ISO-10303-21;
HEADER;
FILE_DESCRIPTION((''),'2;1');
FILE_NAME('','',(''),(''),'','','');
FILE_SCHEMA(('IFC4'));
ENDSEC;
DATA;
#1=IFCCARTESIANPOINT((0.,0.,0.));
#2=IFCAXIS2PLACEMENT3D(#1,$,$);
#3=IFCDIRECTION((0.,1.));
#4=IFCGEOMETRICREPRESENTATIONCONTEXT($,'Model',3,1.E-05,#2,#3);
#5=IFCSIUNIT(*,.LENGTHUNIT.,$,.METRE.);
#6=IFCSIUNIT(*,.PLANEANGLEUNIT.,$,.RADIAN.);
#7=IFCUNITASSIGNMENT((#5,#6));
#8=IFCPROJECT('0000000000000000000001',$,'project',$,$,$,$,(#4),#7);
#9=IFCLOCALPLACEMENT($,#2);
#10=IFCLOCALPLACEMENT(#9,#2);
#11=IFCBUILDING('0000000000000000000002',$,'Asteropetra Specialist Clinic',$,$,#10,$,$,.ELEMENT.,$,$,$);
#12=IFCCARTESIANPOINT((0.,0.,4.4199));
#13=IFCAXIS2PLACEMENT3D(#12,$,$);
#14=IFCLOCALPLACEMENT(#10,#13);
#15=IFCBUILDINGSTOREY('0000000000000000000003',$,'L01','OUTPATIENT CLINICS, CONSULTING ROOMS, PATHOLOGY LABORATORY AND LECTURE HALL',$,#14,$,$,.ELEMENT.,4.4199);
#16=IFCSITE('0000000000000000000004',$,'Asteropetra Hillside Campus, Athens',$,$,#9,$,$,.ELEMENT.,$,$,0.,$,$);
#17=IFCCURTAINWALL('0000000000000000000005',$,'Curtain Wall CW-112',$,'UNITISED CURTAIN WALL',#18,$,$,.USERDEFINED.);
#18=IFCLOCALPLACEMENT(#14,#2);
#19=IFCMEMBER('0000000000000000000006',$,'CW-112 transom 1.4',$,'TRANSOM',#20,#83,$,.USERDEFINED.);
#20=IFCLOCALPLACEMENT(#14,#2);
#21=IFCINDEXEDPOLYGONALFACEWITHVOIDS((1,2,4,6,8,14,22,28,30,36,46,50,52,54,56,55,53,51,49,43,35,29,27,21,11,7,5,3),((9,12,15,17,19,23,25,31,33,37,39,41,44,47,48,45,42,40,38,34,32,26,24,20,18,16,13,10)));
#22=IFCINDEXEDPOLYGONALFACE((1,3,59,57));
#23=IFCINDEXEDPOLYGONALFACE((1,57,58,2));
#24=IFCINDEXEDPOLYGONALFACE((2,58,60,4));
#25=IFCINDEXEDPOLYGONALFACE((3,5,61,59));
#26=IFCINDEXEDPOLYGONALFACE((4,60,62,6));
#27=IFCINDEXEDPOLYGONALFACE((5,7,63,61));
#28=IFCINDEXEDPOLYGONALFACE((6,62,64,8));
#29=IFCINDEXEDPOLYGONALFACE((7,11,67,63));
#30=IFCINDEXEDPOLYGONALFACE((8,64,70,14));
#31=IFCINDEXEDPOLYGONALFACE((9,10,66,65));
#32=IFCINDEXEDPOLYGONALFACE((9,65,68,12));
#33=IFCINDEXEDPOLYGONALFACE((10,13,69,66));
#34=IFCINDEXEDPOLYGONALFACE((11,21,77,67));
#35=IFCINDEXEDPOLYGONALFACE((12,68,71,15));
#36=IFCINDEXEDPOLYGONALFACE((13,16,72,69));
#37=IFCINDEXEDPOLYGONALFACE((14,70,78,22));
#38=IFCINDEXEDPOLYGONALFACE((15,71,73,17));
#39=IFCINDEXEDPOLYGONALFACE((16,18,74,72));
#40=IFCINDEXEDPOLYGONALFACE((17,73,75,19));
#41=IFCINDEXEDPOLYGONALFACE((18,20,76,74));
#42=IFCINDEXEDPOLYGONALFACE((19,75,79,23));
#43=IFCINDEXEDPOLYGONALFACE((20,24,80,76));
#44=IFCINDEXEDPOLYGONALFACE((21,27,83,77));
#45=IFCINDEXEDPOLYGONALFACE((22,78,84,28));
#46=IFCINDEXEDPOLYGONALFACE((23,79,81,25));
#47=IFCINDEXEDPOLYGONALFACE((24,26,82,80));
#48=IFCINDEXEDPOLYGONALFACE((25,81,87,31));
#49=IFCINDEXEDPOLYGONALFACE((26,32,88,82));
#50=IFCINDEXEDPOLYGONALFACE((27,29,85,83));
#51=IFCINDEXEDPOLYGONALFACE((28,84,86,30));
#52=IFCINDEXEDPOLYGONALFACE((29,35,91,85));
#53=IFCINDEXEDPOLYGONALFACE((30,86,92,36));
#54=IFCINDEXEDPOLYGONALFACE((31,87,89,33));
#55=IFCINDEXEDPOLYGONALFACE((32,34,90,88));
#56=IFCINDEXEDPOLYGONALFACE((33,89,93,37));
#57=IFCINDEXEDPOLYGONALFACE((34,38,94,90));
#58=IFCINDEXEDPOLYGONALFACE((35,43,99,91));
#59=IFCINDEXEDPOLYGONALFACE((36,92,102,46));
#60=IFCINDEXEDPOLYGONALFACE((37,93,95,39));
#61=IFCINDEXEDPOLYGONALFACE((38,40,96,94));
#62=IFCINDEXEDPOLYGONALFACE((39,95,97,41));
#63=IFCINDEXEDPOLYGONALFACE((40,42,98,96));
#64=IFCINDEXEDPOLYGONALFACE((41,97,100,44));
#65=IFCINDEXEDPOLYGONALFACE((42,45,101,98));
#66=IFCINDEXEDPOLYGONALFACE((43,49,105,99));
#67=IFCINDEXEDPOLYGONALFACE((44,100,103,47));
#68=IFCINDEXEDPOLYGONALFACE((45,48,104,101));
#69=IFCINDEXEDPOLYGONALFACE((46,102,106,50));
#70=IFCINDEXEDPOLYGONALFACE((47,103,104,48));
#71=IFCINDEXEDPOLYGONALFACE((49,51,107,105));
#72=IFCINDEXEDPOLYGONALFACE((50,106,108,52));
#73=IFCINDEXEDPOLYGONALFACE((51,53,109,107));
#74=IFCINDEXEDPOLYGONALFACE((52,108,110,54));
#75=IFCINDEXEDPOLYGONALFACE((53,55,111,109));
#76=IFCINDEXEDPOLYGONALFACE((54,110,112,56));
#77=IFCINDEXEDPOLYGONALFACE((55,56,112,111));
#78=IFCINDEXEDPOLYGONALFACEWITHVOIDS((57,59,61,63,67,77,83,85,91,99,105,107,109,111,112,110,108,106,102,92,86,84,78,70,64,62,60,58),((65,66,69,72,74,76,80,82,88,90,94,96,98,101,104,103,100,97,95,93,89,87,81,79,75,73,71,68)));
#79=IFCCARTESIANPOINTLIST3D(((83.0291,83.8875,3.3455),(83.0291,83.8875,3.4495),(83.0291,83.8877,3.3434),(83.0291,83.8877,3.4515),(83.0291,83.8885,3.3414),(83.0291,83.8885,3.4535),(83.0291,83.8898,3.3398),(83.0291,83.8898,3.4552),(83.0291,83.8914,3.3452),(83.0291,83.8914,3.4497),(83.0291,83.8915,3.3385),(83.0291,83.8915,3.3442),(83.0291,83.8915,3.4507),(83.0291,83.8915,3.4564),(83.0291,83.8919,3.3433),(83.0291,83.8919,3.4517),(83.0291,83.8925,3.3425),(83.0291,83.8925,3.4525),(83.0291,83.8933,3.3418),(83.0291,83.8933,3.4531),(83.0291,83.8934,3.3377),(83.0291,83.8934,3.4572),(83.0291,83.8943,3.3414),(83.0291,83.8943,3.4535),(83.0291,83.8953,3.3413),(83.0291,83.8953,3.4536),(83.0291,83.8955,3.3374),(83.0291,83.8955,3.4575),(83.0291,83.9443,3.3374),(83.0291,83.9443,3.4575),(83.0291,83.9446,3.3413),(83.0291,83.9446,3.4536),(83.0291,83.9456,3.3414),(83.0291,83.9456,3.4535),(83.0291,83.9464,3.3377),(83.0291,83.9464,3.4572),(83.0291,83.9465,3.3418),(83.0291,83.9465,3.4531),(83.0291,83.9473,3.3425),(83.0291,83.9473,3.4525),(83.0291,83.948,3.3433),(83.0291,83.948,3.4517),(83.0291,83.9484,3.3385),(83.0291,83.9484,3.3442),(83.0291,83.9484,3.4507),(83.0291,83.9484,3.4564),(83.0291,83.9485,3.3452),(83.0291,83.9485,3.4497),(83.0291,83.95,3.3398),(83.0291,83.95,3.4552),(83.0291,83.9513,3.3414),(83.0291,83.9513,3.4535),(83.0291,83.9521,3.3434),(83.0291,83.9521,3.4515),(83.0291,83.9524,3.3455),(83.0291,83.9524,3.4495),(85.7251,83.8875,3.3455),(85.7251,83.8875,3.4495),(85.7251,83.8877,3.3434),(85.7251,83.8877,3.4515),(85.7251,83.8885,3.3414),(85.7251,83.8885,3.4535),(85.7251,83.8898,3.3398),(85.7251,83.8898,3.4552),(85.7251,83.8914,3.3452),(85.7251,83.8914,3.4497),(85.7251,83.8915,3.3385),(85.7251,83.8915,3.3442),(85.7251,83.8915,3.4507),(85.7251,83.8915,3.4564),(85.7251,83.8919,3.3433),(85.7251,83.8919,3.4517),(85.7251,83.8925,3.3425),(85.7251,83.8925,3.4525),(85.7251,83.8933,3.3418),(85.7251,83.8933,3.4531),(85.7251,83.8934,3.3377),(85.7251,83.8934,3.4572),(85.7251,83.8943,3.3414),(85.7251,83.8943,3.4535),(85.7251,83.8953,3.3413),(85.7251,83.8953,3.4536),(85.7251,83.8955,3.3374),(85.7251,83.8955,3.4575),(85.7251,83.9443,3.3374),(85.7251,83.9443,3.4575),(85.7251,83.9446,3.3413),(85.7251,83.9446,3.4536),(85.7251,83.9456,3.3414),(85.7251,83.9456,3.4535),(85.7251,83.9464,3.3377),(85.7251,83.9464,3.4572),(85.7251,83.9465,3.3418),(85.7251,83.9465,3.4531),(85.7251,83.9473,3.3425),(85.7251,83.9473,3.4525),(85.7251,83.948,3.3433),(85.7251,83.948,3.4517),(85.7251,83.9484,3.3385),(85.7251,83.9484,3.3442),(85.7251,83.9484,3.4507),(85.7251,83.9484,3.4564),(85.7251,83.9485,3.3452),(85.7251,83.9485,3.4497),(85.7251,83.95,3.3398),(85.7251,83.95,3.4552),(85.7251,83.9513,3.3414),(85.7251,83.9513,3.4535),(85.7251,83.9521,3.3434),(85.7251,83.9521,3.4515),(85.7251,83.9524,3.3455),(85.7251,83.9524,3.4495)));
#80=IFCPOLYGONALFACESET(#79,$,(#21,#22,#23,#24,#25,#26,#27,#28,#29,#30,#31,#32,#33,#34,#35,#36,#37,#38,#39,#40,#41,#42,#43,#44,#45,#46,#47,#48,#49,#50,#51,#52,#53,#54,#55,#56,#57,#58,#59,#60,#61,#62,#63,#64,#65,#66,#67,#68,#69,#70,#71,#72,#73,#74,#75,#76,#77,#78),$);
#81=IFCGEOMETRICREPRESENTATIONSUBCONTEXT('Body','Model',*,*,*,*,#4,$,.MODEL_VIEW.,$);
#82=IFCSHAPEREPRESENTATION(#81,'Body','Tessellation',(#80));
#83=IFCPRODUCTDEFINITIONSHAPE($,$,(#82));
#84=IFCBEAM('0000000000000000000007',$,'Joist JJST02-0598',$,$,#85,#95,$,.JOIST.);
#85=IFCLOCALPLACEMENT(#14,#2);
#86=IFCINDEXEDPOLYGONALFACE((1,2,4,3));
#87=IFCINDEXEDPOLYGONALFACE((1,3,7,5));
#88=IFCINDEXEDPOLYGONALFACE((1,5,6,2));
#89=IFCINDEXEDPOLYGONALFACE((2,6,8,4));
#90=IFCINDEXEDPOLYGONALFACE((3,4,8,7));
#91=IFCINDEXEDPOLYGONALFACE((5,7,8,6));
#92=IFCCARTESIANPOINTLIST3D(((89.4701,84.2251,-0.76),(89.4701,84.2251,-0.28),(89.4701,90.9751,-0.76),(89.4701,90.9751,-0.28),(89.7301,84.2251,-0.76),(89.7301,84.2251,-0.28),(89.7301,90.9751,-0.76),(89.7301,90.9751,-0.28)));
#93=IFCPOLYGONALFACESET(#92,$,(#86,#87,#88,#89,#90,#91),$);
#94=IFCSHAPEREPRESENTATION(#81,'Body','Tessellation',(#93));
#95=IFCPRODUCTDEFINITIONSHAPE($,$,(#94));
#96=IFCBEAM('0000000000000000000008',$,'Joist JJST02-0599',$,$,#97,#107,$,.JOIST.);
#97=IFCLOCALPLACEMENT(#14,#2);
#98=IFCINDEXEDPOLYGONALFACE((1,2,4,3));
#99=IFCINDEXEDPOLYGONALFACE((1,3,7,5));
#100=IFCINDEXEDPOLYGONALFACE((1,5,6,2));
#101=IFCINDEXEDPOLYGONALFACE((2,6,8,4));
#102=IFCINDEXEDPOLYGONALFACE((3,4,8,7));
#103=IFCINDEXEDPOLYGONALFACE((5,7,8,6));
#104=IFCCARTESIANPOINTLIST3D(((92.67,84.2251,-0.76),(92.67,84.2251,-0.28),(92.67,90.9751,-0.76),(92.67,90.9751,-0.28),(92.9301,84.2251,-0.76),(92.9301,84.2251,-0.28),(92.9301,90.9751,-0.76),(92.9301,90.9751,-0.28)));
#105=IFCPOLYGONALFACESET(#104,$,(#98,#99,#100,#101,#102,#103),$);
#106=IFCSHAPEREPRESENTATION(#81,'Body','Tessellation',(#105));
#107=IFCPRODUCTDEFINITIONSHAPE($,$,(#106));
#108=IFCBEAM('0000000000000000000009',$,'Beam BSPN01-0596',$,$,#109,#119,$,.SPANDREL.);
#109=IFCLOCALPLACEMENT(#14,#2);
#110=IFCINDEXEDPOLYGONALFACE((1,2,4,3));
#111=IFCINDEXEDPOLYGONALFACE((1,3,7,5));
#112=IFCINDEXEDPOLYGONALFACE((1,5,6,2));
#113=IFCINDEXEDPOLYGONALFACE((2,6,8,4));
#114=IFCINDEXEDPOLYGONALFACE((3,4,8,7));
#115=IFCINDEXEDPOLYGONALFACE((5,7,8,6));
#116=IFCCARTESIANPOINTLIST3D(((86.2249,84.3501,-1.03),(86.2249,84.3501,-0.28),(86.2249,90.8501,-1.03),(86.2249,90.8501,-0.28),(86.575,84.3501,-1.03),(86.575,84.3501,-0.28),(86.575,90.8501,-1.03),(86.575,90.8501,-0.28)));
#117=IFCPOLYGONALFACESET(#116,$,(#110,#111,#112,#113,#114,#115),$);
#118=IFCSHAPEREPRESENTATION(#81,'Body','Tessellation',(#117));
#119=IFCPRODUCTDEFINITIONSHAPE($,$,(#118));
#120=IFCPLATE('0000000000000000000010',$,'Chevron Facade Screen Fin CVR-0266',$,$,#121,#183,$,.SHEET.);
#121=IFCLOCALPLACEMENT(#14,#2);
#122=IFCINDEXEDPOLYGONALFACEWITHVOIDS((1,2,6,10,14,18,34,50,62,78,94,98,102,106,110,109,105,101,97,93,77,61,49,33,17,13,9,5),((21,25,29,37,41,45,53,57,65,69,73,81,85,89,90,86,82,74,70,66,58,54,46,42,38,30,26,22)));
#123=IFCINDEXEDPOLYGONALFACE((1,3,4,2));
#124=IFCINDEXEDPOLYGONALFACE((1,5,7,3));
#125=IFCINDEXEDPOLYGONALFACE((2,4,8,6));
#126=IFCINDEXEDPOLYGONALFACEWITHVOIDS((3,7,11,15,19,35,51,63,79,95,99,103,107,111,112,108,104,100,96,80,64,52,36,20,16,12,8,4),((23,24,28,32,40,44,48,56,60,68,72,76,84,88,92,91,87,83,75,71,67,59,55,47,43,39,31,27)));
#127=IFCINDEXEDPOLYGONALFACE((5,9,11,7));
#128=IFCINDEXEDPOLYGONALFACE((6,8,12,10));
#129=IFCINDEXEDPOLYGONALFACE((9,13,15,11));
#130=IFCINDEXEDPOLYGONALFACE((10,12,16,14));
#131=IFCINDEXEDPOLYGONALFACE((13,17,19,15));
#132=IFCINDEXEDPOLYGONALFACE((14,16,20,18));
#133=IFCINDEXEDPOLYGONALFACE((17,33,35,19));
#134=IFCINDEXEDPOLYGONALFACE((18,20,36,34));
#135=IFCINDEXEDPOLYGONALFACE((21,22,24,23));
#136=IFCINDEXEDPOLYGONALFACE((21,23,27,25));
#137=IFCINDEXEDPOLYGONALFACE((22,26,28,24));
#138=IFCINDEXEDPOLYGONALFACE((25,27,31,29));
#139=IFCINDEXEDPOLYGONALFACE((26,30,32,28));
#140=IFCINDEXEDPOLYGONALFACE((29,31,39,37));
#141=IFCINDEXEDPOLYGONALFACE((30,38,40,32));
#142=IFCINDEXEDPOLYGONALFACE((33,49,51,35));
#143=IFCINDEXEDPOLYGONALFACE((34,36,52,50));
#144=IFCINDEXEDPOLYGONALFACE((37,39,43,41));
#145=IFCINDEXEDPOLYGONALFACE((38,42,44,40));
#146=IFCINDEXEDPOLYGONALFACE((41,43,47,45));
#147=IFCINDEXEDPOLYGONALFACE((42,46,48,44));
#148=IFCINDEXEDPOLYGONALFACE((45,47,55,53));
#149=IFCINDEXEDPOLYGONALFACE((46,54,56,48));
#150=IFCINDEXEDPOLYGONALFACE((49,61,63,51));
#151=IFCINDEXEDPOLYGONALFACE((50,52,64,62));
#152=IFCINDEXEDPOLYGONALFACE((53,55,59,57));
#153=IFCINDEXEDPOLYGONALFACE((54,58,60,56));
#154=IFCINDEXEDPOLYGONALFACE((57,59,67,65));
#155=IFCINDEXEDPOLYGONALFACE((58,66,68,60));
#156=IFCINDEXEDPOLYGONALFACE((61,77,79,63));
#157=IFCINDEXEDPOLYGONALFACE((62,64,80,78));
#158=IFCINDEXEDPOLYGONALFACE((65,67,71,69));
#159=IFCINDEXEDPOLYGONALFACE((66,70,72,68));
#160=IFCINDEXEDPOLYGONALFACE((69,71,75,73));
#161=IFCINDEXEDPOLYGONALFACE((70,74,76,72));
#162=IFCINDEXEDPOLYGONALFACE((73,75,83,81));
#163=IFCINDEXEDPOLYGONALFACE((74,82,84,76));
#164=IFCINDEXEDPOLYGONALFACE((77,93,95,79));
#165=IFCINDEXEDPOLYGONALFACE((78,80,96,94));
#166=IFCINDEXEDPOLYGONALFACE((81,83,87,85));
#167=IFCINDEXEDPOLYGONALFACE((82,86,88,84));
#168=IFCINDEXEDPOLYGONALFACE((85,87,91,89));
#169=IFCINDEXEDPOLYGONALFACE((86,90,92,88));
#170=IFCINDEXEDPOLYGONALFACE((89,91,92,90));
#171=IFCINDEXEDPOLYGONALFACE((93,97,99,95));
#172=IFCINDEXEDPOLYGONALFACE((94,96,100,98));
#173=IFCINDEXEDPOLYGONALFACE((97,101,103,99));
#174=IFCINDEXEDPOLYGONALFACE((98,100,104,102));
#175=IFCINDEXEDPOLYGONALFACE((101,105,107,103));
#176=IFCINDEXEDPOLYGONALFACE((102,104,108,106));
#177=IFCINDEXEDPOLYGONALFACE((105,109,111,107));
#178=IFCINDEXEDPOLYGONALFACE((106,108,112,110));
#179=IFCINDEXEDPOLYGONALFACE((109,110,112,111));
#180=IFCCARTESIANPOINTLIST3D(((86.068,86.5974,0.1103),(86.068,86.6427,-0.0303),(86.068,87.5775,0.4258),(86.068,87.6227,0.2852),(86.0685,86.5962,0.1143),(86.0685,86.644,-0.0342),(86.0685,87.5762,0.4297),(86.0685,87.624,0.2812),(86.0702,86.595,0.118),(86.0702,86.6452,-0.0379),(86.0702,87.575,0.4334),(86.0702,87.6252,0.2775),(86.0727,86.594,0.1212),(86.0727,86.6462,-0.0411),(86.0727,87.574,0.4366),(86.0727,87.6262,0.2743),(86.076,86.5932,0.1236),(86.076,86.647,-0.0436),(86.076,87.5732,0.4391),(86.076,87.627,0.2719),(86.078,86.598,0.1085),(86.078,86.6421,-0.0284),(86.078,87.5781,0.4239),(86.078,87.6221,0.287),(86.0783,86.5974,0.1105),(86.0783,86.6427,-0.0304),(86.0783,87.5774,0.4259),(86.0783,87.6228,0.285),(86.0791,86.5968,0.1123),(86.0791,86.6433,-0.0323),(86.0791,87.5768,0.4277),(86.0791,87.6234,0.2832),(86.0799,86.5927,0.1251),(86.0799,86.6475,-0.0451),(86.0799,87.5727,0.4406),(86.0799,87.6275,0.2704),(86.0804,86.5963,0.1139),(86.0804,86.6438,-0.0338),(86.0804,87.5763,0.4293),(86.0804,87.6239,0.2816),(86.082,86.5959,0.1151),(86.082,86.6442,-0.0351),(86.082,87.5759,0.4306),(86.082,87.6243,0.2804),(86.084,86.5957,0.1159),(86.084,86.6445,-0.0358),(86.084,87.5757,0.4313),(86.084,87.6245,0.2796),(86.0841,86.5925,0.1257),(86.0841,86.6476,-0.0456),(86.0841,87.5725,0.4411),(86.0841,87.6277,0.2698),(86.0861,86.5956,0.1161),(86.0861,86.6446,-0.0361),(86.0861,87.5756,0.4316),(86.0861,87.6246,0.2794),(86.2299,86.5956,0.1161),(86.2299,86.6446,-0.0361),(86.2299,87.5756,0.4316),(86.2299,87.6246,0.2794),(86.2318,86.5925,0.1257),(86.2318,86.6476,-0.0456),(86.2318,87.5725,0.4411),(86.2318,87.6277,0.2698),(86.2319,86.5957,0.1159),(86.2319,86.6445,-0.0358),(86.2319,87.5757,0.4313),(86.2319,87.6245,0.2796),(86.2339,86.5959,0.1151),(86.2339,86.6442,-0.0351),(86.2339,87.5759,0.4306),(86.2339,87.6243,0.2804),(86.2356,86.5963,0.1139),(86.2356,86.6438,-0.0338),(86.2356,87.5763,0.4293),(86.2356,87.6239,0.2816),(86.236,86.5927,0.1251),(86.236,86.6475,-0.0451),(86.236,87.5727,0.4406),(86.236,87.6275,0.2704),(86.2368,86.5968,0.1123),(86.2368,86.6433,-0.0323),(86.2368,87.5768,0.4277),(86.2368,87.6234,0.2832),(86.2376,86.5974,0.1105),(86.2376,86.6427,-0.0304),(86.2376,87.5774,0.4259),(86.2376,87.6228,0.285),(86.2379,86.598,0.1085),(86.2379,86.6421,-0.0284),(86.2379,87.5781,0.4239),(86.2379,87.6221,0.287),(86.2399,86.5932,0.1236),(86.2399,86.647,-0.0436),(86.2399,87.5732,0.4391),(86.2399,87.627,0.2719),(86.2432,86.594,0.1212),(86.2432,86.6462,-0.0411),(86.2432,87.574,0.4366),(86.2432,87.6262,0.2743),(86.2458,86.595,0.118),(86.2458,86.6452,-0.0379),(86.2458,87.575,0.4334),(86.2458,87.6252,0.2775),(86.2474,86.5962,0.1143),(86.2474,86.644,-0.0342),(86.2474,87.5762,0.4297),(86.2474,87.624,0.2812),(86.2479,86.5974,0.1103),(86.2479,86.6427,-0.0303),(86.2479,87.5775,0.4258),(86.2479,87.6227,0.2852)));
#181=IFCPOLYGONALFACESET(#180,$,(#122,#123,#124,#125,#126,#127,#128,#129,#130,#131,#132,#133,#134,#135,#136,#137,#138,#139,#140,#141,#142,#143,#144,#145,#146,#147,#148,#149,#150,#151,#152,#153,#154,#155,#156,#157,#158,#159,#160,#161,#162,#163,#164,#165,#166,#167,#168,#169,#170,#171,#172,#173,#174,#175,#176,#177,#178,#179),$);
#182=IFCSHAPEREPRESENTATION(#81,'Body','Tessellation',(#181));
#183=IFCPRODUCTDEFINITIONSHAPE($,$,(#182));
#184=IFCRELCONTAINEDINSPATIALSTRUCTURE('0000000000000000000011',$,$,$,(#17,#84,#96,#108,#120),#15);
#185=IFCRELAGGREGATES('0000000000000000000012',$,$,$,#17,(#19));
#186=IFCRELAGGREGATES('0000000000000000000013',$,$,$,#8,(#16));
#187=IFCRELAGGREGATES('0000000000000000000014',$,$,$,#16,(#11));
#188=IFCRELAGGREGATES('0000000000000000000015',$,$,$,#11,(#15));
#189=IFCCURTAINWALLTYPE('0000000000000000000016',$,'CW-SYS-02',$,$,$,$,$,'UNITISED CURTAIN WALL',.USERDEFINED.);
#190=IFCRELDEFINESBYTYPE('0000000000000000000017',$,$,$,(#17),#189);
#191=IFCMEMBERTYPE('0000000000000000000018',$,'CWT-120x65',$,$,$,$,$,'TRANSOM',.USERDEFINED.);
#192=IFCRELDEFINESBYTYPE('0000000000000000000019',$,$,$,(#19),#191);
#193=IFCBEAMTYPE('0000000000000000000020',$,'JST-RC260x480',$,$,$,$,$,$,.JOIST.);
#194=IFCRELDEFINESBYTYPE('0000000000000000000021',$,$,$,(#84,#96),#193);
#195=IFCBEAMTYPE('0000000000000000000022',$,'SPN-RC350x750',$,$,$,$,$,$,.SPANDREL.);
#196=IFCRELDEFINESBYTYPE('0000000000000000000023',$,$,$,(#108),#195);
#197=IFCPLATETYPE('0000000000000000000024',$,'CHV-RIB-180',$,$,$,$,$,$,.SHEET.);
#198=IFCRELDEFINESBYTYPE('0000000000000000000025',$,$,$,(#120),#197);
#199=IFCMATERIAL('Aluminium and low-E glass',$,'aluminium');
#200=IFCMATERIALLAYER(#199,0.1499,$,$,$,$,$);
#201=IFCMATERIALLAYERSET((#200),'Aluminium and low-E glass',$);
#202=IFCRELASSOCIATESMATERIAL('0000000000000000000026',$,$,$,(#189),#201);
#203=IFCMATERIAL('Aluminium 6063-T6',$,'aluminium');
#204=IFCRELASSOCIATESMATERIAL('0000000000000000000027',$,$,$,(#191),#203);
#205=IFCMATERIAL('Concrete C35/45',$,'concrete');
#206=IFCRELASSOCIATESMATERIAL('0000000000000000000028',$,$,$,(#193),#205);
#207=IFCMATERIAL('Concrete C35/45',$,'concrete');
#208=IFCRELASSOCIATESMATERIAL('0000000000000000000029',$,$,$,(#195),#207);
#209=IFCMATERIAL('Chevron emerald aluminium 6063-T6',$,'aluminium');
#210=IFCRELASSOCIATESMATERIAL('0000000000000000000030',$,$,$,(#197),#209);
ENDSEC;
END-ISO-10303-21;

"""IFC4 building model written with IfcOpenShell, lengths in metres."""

from ifc_helpers import new_model, si_unit, direction, frame, origin, origin_2d, place, context, subcontext, project, spatial, rectangle, hollow_rectangle, extrude, material, layer, layer_set, material_profile, profile_set, type_object, element, aggregate, save


model = new_model("IFC4")

# Units and contexts
model_context = context("Model", 3, precision=1e-05, world=origin(), true_north=direction((0.0, 1.0)))
body_context = subcontext(model_context, "Body", "Model", "MODEL_VIEW")
ifc_project = project(units=[si_unit("LENGTHUNIT", "METRE"), si_unit("PLANEANGLEUNIT", "RADIAN")], contexts=[model_context])

# Site, building, storey
site_placement = place(None, origin())
site = spatial("IfcSite", under=ifc_project, at=site_placement, Name="Asteropetra Hillside Campus, Athens", CompositionType="ELEMENT", RefElevation=0.0)
building_placement = place(site_placement, origin())
building = spatial("IfcBuilding", under=site, at=building_placement, Name="Asteropetra Specialist Clinic", CompositionType="ELEMENT")
storey_placement = place(building_placement, frame((0.0, 0.0, 4.4199)))
storey = spatial("IfcBuildingStorey", under=building, at=storey_placement, Name="L01", Description="OUTPATIENT CLINICS, CONSULTING ROOMS, PATHOLOGY LABORATORY AND LECTURE HALL", CompositionType="ELEMENT", Elevation=4.4199)

# Curtain wall, member
ifc_material_1 = material(Name="Aluminium and low-E glass", Category="aluminium")
ifc_layer_1 = layer(ifc_material_1, 0.1499)
ifc_layer_set_1 = layer_set([ifc_layer_1], Name="Aluminium and low-E glass")
curtain_wall_type = type_object("IfcCurtainWallType", Name="CW-SYS-02", ElementType="UNITISED CURTAIN WALL", PredefinedType="USERDEFINED", material=ifc_layer_set_1)
curtain_wall_placement = place(storey_placement, origin())
curtain_wall = element("IfcCurtainWall", 1, at=curtain_wall_placement, inside=storey, type_object=curtain_wall_type, Name="Curtain Wall CW-112", ObjectType="UNITISED CURTAIN WALL", PredefinedType="USERDEFINED")
ifc_material_2 = material(Name="Aluminium 6063-T6", Category="aluminium")
ifc_material_profile_1 = material_profile(ifc_material_2, hollow_rectangle(XDim=0.0649, YDim=0.1201, WallThickness=0.0039, InnerFilletRadius=0.0039, OuterFilletRadius=0.0081, at=origin_2d()), Name="TRN 120x65x4.0")
ifc_profile_set_1 = profile_set([ifc_material_profile_1], Name="Aluminium 6063-T6")
member_type_1 = type_object("IfcMemberType", Name="CWT-120x65", ElementType="TRANSOM", PredefinedType="USERDEFINED", material=ifc_profile_set_1)
member_1_placement = place(storey_placement, frame((85.7251, 83.9199, 3.3975), z_axis=(-1.0, 0.0, 0.0), x_axis=(0.0, -1.0, 0.0)))
member_1 = element("IfcMember", 2, at=member_1_placement, type_object=member_type_1, Name="CW-112 transom 1.4", ObjectType="TRANSOM", PredefinedType="USERDEFINED", context=body_context, shape_type="SweptSolid", body=[
    extrude(hollow_rectangle(XDim=0.0649, YDim=0.1201, WallThickness=0.0039, InnerFilletRadius=0.0039, OuterFilletRadius=0.0081, at=origin_2d()), origin(), (0.0, 0.0, 1.0), 2.696),
])
aggregate(curtain_wall, [member_1])

# Beams
ifc_material_3 = material(Name="Concrete C35/45", Category="concrete")
ifc_material_profile_2 = material_profile(ifc_material_3, rectangle(XDim=0.26, YDim=0.48, at=origin_2d()), Name="RCJ 260x480")
ifc_profile_set_2 = profile_set([ifc_material_profile_2], Name="Concrete C35/45")
beam_type_1 = type_object("IfcBeamType", Name="JST-RC260x480", PredefinedType="JOIST", material=ifc_profile_set_2)
for number, where, z_axis, x_axis, name in (
    (3, (89.6001, 84.2251, -0.52), (0.0, 1.0, 0.0), (-1.0, 0.0, 0.0), "Joist JJST02-0598"),
    (4, (92.8, 84.2251, -0.52), (0.0, 1.0, 0.0), (-1.0, 0.0, 0.0), "Joist JJST02-0599"),
):
    element("IfcBeam", number, at=place(storey_placement, frame(where, z_axis=z_axis, x_axis=x_axis)), inside=storey, type_object=beam_type_1, Name=name, PredefinedType="JOIST", context=body_context, shape_type="SweptSolid", body=[
        extrude(rectangle(XDim=0.26, YDim=0.48, at=origin_2d()), origin(), (0.0, 0.0, 1.0), 6.75),
    ])
ifc_material_4 = material(Name="Concrete C35/45", Category="concrete")
ifc_material_profile_3 = material_profile(ifc_material_4, rectangle(XDim=0.3501, YDim=0.75, at=origin_2d()), Name="RCS 350x750")
ifc_profile_set_3 = profile_set([ifc_material_profile_3], Name="Concrete C35/45")
beam_type_2 = type_object("IfcBeamType", Name="SPN-RC350x750", PredefinedType="SPANDREL", material=ifc_profile_set_3)
beam_1_placement = place(storey_placement, frame((86.3999, 84.3501, -0.655), z_axis=(0.0, 1.0, 0.0), x_axis=(-1.0, 0.0, 0.0)))
element("IfcBeam", 5, at=beam_1_placement, inside=storey, type_object=beam_type_2, Name="Beam BSPN01-0596", PredefinedType="SPANDREL", context=body_context, shape_type="SweptSolid", body=[
    extrude(rectangle(XDim=0.3501, YDim=0.75, at=origin_2d()), origin(), (0.0, 0.0, 1.0), 6.5),
])

# Plate
ifc_material_5 = material(Name="Chevron emerald aluminium 6063-T6", Category="aluminium")
ifc_material_profile_4 = material_profile(ifc_material_5, hollow_rectangle(XDim=0.1799, YDim=0.1799, WallThickness=0.01, InnerFilletRadius=0.0081, OuterFilletRadius=0.0161, at=origin_2d()), Name="SHS 180x180x10.0")
ifc_profile_set_4 = profile_set([ifc_material_profile_4], Name="Chevron emerald aluminium 6063-T6")
plate_type = type_object("IfcPlateType", Name="CHV-RIB-180", PredefinedType="SHEET", material=ifc_profile_set_4)
for number, where, z_axis, x_axis, name in (
    (6, (86.158, 87.6001, 0.3555), (0.0, -0.951905, -0.306393), (1.0, 0.0, 0.0), "Chevron Facade Screen Fin CVR-0266"),
):
    element("IfcPlate", number, at=place(storey_placement, frame(where, z_axis=z_axis, x_axis=x_axis)), inside=storey, type_object=plate_type, Name=name, PredefinedType="SHEET", context=body_context, shape_type="SweptSolid", body=[
        extrude(hollow_rectangle(XDim=0.1799, YDim=0.1799, WallThickness=0.01, InnerFilletRadius=0.0081, OuterFilletRadius=0.0161, at=origin_2d()), origin(), (0.0, 0.0, 1.0), 1.0295),
    ])

save(model, "model.ifc")
